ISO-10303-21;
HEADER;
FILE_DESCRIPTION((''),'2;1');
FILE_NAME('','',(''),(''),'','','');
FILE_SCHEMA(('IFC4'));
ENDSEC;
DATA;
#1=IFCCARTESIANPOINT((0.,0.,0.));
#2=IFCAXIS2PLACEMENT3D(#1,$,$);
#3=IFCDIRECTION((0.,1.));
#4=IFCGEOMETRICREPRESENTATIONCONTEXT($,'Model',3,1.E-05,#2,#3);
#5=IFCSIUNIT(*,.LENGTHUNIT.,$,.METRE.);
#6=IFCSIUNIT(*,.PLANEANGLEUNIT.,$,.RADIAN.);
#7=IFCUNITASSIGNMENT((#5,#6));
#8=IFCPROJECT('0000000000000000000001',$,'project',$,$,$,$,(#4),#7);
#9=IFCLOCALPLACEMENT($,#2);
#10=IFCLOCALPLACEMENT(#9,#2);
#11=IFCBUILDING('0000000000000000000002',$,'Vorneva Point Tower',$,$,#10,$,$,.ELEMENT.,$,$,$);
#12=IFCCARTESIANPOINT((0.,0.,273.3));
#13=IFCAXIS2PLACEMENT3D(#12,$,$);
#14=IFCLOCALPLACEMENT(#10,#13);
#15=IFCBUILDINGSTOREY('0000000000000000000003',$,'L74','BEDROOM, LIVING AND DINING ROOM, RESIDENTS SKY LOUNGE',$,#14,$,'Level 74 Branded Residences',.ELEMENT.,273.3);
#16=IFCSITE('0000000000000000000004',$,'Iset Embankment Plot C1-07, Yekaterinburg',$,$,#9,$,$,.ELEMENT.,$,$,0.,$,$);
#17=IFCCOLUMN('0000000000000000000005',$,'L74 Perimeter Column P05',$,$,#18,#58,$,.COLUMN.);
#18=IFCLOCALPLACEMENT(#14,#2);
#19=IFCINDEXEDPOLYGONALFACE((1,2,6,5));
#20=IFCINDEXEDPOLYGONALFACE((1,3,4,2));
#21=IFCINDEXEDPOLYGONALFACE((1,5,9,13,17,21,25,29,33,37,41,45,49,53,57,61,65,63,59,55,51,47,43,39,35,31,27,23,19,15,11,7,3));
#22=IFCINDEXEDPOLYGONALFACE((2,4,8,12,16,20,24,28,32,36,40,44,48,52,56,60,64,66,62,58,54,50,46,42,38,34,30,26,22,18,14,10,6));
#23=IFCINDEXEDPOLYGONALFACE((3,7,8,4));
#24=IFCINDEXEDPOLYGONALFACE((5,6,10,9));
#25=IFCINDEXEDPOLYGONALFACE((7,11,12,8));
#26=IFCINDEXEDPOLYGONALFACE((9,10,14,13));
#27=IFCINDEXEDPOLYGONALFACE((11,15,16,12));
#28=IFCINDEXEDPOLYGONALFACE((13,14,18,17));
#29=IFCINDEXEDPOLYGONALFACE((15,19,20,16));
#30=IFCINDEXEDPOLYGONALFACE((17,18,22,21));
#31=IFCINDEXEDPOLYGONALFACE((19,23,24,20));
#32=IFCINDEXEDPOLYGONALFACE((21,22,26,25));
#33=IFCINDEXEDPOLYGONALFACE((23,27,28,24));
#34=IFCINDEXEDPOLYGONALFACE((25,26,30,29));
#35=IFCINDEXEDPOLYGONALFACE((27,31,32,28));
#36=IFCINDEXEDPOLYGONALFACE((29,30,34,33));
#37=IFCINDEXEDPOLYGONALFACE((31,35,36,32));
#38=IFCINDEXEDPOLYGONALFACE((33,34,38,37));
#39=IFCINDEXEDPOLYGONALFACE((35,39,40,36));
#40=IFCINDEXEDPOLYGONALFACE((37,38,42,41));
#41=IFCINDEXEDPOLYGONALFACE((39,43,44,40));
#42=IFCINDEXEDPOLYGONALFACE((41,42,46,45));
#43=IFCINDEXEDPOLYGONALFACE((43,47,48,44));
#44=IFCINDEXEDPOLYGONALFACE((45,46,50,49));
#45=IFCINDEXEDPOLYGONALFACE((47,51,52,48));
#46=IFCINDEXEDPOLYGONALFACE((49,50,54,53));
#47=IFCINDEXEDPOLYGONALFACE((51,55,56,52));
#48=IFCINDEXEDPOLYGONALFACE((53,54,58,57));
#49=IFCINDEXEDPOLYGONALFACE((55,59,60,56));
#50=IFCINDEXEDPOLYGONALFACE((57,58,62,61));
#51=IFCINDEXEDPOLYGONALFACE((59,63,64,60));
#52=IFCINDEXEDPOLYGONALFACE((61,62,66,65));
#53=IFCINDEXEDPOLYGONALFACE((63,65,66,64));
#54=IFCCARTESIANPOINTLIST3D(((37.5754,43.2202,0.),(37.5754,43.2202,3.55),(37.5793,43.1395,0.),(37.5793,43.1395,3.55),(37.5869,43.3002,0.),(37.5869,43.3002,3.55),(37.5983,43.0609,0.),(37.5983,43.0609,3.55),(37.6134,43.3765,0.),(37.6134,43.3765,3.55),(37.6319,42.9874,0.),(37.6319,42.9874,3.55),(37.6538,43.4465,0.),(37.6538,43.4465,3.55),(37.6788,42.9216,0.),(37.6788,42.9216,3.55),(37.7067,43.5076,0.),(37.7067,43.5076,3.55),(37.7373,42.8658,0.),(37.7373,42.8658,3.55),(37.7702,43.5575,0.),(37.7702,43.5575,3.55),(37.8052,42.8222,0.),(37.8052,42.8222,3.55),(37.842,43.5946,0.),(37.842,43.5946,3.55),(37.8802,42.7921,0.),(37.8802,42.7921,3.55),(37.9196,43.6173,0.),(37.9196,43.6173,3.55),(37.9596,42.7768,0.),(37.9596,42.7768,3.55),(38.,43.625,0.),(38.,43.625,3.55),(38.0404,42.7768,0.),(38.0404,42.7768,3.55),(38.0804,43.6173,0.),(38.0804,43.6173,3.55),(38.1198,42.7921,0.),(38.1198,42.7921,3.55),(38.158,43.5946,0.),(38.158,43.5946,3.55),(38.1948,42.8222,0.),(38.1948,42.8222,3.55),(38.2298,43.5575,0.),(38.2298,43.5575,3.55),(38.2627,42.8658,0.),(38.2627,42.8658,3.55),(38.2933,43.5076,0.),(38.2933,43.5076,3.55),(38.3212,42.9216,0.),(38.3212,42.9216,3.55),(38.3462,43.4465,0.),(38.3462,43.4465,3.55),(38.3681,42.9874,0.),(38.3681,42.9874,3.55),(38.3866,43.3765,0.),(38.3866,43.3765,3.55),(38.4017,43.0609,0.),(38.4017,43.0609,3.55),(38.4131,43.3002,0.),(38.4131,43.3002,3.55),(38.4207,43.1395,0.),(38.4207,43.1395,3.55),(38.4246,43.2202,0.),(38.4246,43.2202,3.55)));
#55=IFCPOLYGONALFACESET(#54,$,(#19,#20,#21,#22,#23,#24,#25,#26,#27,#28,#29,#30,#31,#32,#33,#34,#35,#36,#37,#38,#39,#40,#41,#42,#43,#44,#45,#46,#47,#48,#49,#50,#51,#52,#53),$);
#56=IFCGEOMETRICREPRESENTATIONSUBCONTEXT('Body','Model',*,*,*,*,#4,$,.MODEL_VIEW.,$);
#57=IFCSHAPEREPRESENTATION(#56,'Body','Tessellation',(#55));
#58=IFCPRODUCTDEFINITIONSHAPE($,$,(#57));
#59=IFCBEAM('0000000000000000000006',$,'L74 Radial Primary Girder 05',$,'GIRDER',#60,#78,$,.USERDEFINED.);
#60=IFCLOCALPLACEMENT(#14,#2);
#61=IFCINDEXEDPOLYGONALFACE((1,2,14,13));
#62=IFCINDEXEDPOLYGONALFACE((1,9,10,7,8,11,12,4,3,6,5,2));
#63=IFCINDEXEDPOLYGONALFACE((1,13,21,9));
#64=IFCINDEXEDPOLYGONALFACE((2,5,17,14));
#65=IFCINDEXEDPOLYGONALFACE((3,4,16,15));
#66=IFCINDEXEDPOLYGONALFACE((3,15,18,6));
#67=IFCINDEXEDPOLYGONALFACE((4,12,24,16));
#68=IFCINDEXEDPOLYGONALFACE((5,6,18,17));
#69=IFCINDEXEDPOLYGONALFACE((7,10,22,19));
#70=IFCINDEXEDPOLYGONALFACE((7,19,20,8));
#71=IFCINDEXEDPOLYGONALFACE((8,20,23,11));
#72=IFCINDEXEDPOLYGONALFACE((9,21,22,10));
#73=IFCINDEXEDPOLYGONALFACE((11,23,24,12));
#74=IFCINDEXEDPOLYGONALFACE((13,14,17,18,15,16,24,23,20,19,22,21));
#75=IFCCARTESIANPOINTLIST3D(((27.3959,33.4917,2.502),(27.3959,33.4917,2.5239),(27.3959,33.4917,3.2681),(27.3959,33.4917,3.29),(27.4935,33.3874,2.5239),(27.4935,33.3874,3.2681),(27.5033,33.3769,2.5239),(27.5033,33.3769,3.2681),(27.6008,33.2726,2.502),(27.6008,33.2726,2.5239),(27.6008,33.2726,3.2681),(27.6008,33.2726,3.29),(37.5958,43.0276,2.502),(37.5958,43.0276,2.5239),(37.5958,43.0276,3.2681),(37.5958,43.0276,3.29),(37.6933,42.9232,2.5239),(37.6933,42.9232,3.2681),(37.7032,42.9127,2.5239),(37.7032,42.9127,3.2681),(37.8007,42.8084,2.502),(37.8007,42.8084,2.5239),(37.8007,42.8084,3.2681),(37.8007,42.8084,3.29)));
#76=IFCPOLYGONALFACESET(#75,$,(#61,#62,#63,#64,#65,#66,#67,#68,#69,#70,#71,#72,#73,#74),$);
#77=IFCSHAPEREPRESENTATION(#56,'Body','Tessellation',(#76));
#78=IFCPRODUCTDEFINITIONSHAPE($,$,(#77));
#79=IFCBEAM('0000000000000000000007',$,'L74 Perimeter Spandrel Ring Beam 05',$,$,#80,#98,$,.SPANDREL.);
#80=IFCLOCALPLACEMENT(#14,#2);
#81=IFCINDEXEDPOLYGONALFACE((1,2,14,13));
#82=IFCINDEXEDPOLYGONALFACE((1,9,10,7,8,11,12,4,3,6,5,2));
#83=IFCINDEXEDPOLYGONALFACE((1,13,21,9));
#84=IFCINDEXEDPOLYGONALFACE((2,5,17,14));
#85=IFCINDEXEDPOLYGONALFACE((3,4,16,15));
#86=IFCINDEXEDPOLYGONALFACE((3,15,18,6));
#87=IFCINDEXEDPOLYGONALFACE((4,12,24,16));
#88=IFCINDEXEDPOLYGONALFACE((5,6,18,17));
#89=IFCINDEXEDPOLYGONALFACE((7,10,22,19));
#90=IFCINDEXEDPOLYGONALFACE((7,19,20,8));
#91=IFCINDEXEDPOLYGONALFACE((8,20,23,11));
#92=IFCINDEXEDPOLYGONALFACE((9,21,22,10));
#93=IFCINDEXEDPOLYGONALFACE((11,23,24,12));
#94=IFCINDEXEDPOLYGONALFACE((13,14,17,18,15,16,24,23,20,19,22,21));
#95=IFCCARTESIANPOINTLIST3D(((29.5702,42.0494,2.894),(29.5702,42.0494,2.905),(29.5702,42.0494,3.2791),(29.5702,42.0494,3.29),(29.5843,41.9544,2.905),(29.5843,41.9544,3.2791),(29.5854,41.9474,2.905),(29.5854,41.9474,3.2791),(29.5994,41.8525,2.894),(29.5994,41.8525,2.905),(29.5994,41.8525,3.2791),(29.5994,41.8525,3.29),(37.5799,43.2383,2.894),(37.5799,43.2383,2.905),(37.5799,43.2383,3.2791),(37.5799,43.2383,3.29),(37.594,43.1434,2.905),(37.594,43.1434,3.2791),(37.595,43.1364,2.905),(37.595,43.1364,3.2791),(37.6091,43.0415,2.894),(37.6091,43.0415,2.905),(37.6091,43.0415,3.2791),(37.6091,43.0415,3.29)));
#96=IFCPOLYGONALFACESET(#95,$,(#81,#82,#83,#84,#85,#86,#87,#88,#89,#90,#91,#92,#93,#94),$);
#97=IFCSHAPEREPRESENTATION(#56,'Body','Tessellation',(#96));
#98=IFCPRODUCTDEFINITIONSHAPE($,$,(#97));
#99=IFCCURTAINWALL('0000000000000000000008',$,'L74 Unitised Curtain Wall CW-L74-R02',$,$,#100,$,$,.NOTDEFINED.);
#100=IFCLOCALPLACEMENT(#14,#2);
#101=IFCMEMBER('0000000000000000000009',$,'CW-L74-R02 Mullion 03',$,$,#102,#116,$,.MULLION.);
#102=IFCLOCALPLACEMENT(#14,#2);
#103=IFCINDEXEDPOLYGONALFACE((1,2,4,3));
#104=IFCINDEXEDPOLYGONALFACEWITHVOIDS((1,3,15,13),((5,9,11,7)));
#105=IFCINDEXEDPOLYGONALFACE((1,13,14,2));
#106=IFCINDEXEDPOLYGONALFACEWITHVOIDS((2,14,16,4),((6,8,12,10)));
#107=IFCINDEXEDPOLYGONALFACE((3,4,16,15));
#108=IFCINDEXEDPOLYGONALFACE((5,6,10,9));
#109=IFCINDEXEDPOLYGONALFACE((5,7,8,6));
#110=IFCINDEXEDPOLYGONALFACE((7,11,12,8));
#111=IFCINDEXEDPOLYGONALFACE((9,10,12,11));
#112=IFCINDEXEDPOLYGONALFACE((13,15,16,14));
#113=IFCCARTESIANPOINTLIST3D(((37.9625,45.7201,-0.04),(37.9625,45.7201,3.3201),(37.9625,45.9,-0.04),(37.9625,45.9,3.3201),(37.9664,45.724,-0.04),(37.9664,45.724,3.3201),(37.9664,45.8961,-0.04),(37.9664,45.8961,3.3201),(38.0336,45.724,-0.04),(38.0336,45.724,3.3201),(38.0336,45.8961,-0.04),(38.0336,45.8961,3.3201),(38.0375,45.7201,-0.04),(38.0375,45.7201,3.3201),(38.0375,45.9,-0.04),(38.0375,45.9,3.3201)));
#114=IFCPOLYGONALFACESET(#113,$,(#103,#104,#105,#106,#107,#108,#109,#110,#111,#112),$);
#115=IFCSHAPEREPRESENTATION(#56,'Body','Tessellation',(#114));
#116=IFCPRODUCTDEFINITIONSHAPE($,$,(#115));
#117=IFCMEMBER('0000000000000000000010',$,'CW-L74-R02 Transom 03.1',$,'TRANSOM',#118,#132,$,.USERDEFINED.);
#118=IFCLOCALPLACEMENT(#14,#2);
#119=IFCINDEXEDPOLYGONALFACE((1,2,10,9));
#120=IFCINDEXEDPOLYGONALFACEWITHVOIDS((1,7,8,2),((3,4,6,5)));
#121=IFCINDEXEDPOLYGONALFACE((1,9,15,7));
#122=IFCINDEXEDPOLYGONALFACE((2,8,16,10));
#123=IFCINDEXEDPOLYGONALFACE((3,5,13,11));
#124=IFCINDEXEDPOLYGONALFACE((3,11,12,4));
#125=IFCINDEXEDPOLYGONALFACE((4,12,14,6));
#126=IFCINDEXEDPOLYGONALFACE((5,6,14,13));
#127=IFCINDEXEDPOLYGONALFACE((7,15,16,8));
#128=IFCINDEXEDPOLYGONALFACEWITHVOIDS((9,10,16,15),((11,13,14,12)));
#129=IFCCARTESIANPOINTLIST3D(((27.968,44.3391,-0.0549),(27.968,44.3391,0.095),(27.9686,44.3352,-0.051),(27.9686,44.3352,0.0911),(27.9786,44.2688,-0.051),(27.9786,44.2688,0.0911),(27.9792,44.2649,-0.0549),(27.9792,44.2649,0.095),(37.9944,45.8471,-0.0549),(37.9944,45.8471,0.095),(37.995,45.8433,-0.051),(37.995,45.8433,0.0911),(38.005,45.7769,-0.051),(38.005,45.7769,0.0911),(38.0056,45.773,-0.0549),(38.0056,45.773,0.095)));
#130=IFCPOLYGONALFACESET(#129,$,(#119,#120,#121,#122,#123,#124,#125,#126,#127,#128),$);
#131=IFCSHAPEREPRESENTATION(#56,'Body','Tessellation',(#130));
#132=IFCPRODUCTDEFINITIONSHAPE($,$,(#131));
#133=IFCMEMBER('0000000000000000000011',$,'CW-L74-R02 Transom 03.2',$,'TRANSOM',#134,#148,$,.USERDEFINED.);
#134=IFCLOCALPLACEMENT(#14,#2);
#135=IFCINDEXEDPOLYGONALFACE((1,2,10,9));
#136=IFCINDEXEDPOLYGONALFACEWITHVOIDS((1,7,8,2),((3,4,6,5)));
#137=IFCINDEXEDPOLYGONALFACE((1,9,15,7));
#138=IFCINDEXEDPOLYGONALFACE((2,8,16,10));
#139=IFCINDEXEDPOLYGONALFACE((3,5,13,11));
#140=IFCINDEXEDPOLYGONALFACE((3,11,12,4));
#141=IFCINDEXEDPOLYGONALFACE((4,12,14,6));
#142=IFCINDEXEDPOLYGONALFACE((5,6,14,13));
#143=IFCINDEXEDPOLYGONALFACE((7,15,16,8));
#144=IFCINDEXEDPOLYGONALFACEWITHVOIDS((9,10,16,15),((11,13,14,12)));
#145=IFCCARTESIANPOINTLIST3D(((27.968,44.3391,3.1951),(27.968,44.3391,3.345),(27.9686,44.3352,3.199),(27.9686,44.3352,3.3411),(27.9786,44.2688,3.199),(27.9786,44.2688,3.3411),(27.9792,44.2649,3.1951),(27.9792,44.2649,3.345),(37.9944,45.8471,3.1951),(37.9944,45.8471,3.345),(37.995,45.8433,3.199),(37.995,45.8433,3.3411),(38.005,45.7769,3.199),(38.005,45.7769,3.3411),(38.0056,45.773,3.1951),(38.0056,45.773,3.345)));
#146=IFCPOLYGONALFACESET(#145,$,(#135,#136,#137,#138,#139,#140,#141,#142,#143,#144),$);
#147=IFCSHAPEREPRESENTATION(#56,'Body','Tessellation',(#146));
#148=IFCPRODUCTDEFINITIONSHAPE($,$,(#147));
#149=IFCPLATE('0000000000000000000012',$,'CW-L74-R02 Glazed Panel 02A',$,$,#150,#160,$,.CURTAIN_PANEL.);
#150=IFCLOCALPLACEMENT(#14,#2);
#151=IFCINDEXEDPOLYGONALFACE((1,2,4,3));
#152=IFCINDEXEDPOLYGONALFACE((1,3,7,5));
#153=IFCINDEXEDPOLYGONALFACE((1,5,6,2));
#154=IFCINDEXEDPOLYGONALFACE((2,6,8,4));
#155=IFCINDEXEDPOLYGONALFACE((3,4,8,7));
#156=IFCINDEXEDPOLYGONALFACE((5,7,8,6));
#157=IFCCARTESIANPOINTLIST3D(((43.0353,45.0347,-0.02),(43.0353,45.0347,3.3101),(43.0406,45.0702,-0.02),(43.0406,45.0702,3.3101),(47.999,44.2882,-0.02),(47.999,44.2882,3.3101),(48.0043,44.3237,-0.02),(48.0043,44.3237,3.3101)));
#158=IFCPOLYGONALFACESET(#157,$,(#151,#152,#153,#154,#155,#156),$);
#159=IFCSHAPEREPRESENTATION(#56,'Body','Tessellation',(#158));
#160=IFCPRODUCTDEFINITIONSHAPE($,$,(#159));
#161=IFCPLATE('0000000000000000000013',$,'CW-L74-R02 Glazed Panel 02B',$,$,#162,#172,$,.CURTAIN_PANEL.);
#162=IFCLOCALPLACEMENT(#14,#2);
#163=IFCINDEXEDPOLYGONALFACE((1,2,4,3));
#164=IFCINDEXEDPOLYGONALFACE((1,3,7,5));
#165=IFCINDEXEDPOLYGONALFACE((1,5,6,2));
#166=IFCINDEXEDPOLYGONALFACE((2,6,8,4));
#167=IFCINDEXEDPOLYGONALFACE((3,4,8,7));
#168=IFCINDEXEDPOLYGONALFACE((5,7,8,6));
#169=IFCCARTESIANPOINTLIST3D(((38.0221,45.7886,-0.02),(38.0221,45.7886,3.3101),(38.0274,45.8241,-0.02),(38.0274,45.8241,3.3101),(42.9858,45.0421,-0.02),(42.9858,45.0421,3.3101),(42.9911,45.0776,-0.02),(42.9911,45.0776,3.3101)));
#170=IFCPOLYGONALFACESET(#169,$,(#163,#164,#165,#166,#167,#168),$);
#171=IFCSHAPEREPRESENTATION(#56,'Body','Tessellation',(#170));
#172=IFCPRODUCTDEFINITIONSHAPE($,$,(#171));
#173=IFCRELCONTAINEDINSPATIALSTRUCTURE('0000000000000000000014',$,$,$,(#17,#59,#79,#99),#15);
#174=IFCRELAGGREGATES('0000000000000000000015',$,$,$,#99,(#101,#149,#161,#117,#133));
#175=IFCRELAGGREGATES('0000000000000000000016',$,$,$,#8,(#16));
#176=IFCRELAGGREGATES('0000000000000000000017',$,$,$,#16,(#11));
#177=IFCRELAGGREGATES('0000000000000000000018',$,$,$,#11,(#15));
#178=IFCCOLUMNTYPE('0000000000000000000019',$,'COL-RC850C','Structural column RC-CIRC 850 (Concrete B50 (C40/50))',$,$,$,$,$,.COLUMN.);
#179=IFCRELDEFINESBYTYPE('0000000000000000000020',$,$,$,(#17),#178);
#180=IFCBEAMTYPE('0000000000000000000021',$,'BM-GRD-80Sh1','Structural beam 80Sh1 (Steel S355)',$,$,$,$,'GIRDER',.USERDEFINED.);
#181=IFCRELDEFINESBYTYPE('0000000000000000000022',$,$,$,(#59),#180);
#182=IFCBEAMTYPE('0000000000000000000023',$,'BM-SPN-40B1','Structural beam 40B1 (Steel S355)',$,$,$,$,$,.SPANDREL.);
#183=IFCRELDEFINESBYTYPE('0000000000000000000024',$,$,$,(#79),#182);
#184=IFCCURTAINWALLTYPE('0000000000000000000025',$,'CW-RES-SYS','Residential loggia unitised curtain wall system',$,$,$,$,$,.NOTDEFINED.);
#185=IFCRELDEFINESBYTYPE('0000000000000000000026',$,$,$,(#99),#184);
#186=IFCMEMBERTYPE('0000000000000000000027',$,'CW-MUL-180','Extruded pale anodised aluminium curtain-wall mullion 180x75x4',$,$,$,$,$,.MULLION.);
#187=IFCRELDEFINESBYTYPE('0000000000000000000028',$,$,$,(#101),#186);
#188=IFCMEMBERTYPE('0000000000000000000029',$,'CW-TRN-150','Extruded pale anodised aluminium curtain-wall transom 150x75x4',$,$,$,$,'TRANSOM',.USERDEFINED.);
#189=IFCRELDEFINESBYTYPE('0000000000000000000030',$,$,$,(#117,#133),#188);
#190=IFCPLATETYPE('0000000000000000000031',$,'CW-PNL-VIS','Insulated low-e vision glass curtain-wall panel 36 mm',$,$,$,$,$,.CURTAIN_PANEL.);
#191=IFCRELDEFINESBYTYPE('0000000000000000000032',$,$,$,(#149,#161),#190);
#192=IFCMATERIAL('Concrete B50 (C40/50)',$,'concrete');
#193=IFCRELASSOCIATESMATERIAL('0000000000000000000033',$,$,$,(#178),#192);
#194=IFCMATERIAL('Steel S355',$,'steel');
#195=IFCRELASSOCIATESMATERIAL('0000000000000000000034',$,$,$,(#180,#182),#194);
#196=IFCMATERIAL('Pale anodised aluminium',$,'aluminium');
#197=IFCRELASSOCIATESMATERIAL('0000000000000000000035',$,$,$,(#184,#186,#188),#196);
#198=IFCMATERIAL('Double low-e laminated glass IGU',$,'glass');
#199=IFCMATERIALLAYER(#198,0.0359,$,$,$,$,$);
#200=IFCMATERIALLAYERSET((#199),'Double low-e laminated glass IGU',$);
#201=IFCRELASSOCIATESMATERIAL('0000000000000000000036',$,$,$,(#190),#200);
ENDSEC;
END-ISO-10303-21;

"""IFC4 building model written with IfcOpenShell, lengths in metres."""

from ifc_helpers import new_model, si_unit, direction, frame, origin, origin_2d, place, context, subcontext, project, spatial, rectangle, hollow_rectangle, circle, i_section, extrude, material, layer, layer_set, material_profile, profile_set, type_object, element, aggregate, save


model = new_model("IFC4")

# Units and contexts
model_context = context("Model", 3, precision=1e-05, world=origin(), true_north=direction((0.0, 1.0)))
body_context = subcontext(model_context, "Body", "Model", "MODEL_VIEW")
ifc_project = project(units=[si_unit("LENGTHUNIT", "METRE"), si_unit("PLANEANGLEUNIT", "RADIAN")], contexts=[model_context])

# Site, building, storey
site_placement = place(None, origin())
site = spatial("IfcSite", under=ifc_project, at=site_placement, Name="Iset Embankment Plot C1-07, Yekaterinburg", CompositionType="ELEMENT", RefElevation=0.0)
building_placement = place(site_placement, origin())
building = spatial("IfcBuilding", under=site, at=building_placement, Name="Vorneva Point Tower", CompositionType="ELEMENT")
storey_placement = place(building_placement, frame((0.0, 0.0, 273.3)))
storey = spatial("IfcBuildingStorey", under=building, at=storey_placement, Name="L74", Description="BEDROOM, LIVING AND DINING ROOM, RESIDENTS SKY LOUNGE", LongName="Level 74 Branded Residences", CompositionType="ELEMENT", Elevation=273.3)

# Column
ifc_material_1 = material(Name="Concrete B50 (C40/50)", Category="concrete")
ifc_material_profile_1 = material_profile(ifc_material_1, circle(Radius=0.425, at=origin_2d()), Name="RC-CIRC 850")
ifc_profile_set_1 = profile_set([ifc_material_profile_1], Name="Concrete B50 (C40/50)")
column_type = type_object("IfcColumnType", Name="COL-RC850C", Description="Structural column RC-CIRC 850 (Concrete B50 (C40/50))", PredefinedType="COLUMN", material=ifc_profile_set_1)
column_placement = place(storey_placement, frame((38.0, 43.2, 0.0), z_axis=(0.0, 0.0, 1.0), x_axis=(0.0, 1.0, 0.0)))
element("IfcColumn", 1, at=column_placement, inside=storey, type_object=column_type, Name="L74 Perimeter Column P05", PredefinedType="COLUMN", context=body_context, shape_type="SweptSolid", body=[
    extrude(circle(Radius=0.425, at=origin_2d()), origin(), (0.0, 0.0, 1.0), 3.55),
])

# Beams
ifc_material_2 = material(Name="Steel S355", Category="steel")
ifc_material_profile_2 = material_profile(ifc_material_2, i_section(OverallWidth=0.3, OverallDepth=0.7881, WebThickness=0.0144, FlangeThickness=0.022, at=origin_2d()), Name="80Sh1")
ifc_profile_set_2 = profile_set([ifc_material_profile_2], Name="Steel S355")
beam_type_1 = type_object("IfcBeamType", Name="BM-GRD-80Sh1", Description="Structural beam 80Sh1 (Steel S355)", ElementType="GIRDER", PredefinedType="USERDEFINED", material=ifc_profile_set_2)
beam_1_placement = place(storey_placement, frame((37.6982, 42.918, 2.896), z_axis=(-0.730486, -0.682928, 0.0), x_axis=(0.682928, -0.730486, 0.0)))
element("IfcBeam", 2, at=beam_1_placement, inside=storey, type_object=beam_type_1, Name="L74 Radial Primary Girder 05", ObjectType="GIRDER", PredefinedType="USERDEFINED", context=body_context, shape_type="SweptSolid", body=[
    extrude(i_section(OverallWidth=0.3, OverallDepth=0.7881, WebThickness=0.0144, FlangeThickness=0.022, at=origin_2d()), origin(), (0.0, 0.0, 1.0), 13.9631),
])
ifc_material_profile_3 = material_profile(ifc_material_2, i_section(OverallWidth=0.199, OverallDepth=0.396, WebThickness=0.0071, FlangeThickness=0.011, at=origin_2d()), Name="40B1")
ifc_profile_set_3 = profile_set([ifc_material_profile_3], Name="Steel S355")
beam_type_2 = type_object("IfcBeamType", Name="BM-SPN-40B1", Description="Structural beam 40B1 (Steel S355)", PredefinedType="SPANDREL", material=ifc_profile_set_3)
beam_2_placement = place(storey_placement, frame((37.5945, 43.1399, 3.092), z_axis=(-0.989162, -0.146831, 0.0), x_axis=(0.146831, -0.989162, 0.0)))
element("IfcBeam", 3, at=beam_2_placement, inside=storey, type_object=beam_type_2, Name="L74 Perimeter Spandrel Ring Beam 05", PredefinedType="SPANDREL", context=body_context, shape_type="SweptSolid", body=[
    extrude(i_section(OverallWidth=0.199, OverallDepth=0.396, WebThickness=0.0071, FlangeThickness=0.011, at=origin_2d()), origin(), (0.0, 0.0, 1.0), 8.0974),
])

# Curtain wall, members, plates
ifc_material_3 = material(Name="Pale anodised aluminium", Category="aluminium")
curtain_wall_type = type_object("IfcCurtainWallType", Name="CW-RES-SYS", Description="Residential loggia unitised curtain wall system", PredefinedType="NOTDEFINED", material=ifc_material_3)
curtain_wall_placement = place(storey_placement, origin())
curtain_wall = element("IfcCurtainWall", 4, at=curtain_wall_placement, inside=storey, type_object=curtain_wall_type, Name="L74 Unitised Curtain Wall CW-L74-R02", PredefinedType="NOTDEFINED")
ifc_material_profile_4 = material_profile(ifc_material_3, hollow_rectangle(XDim=0.075, YDim=0.1799, WallThickness=0.0039, at=origin_2d()), Name="AL-MUL 180x75x4")
ifc_profile_set_4 = profile_set([ifc_material_profile_4], Name="Pale anodised aluminium")
member_type_1 = type_object("IfcMemberType", Name="CW-MUL-180", Description="Extruded pale anodised aluminium curtain-wall mullion 180x75x4", PredefinedType="MULLION", material=ifc_profile_set_4)
member_1_placement = place(storey_placement, frame((38.0, 45.8101, -0.04), z_axis=(0.0, 0.0, 1.0), x_axis=(1.0, 0.0, 0.0)))
member_1 = element("IfcMember", 5, at=member_1_placement, type_object=member_type_1, Name="CW-L74-R02 Mullion 03", PredefinedType="MULLION", context=body_context, shape_type="SweptSolid", body=[
    extrude(hollow_rectangle(XDim=0.075, YDim=0.1799, WallThickness=0.0039, at=origin_2d()), origin(), (0.0, 0.0, 1.0), 3.3601),
])
ifc_material_profile_5 = material_profile(ifc_material_3, hollow_rectangle(XDim=0.075, YDim=0.1499, WallThickness=0.0039, at=origin_2d()), Name="AL-TRN 150x75x4")
ifc_profile_set_5 = profile_set([ifc_material_profile_5], Name="Pale anodised aluminium")
member_type_2 = type_object("IfcMemberType", Name="CW-TRN-150", Description="Extruded pale anodised aluminium curtain-wall transom 150x75x4", ElementType="TRANSOM", PredefinedType="USERDEFINED", material=ifc_profile_set_5)
member_2_placement = place(storey_placement, frame((38.0, 45.8101, 0.02), z_axis=(-0.988877, -0.148736, 0.0), x_axis=(0.148736, -0.988877, 0.0)))
member_2 = element("IfcMember", 6, at=member_2_placement, type_object=member_type_2, Name="CW-L74-R02 Transom 03.1", ObjectType="TRANSOM", PredefinedType="USERDEFINED", context=body_context, shape_type="SweptSolid", body=[
    extrude(hollow_rectangle(XDim=0.075, YDim=0.1499, WallThickness=0.0039, at=origin_2d()), origin(), (0.0, 0.0, 1.0), 10.1392),
])
member_3_placement = place(storey_placement, frame((38.0, 45.8101, 3.27), z_axis=(-0.988877, -0.148736, 0.0), x_axis=(0.148736, -0.988877, 0.0)))
member_3 = element("IfcMember", 7, at=member_3_placement, type_object=member_type_2, Name="CW-L74-R02 Transom 03.2", ObjectType="TRANSOM", PredefinedType="USERDEFINED", context=body_context, shape_type="SweptSolid", body=[
    extrude(hollow_rectangle(XDim=0.075, YDim=0.1499, WallThickness=0.0039, at=origin_2d()), origin(), (0.0, 0.0, 1.0), 10.1392),
])
ifc_material_4 = material(Name="Double low-e laminated glass IGU", Category="glass")
ifc_layer_1 = layer(ifc_material_4, 0.0359)
ifc_layer_set_1 = layer_set([ifc_layer_1], Name="Double low-e laminated glass IGU")
plate_type = type_object("IfcPlateType", Name="CW-PNL-VIS", Description="Insulated low-e vision glass curtain-wall panel 36 mm", PredefinedType="CURTAIN_PANEL", material=ifc_layer_set_1)
plate_1_placement = place(storey_placement, frame((45.5198, 44.6792, -0.02), z_axis=(0.0, 0.0, 1.0), x_axis=(-0.988879, 0.148724, 0.0)))
plate_1 = element("IfcPlate", 8, at=plate_1_placement, type_object=plate_type, Name="CW-L74-R02 Glazed Panel 02A", PredefinedType="CURTAIN_PANEL", context=body_context, shape_type="SweptSolid", body=[
    extrude(rectangle(XDim=5.0195, YDim=0.0359, at=origin_2d()), origin(), (0.0, 0.0, 1.0), 3.3301),
])
plate_2_placement = place(storey_placement, frame((40.5066, 45.4331, -0.02), z_axis=(0.0, 0.0, 1.0), x_axis=(-0.988879, 0.148724, 0.0)))
plate_2 = element("IfcPlate", 9, at=plate_2_placement, type_object=plate_type, Name="CW-L74-R02 Glazed Panel 02B", PredefinedType="CURTAIN_PANEL", context=body_context, shape_type="SweptSolid", body=[
    extrude(rectangle(XDim=5.0195, YDim=0.0359, at=origin_2d()), origin(), (0.0, 0.0, 1.0), 3.3301),
])
aggregate(curtain_wall, [member_1, plate_1, plate_2, member_2, member_3])

save(model, "model.ifc")
